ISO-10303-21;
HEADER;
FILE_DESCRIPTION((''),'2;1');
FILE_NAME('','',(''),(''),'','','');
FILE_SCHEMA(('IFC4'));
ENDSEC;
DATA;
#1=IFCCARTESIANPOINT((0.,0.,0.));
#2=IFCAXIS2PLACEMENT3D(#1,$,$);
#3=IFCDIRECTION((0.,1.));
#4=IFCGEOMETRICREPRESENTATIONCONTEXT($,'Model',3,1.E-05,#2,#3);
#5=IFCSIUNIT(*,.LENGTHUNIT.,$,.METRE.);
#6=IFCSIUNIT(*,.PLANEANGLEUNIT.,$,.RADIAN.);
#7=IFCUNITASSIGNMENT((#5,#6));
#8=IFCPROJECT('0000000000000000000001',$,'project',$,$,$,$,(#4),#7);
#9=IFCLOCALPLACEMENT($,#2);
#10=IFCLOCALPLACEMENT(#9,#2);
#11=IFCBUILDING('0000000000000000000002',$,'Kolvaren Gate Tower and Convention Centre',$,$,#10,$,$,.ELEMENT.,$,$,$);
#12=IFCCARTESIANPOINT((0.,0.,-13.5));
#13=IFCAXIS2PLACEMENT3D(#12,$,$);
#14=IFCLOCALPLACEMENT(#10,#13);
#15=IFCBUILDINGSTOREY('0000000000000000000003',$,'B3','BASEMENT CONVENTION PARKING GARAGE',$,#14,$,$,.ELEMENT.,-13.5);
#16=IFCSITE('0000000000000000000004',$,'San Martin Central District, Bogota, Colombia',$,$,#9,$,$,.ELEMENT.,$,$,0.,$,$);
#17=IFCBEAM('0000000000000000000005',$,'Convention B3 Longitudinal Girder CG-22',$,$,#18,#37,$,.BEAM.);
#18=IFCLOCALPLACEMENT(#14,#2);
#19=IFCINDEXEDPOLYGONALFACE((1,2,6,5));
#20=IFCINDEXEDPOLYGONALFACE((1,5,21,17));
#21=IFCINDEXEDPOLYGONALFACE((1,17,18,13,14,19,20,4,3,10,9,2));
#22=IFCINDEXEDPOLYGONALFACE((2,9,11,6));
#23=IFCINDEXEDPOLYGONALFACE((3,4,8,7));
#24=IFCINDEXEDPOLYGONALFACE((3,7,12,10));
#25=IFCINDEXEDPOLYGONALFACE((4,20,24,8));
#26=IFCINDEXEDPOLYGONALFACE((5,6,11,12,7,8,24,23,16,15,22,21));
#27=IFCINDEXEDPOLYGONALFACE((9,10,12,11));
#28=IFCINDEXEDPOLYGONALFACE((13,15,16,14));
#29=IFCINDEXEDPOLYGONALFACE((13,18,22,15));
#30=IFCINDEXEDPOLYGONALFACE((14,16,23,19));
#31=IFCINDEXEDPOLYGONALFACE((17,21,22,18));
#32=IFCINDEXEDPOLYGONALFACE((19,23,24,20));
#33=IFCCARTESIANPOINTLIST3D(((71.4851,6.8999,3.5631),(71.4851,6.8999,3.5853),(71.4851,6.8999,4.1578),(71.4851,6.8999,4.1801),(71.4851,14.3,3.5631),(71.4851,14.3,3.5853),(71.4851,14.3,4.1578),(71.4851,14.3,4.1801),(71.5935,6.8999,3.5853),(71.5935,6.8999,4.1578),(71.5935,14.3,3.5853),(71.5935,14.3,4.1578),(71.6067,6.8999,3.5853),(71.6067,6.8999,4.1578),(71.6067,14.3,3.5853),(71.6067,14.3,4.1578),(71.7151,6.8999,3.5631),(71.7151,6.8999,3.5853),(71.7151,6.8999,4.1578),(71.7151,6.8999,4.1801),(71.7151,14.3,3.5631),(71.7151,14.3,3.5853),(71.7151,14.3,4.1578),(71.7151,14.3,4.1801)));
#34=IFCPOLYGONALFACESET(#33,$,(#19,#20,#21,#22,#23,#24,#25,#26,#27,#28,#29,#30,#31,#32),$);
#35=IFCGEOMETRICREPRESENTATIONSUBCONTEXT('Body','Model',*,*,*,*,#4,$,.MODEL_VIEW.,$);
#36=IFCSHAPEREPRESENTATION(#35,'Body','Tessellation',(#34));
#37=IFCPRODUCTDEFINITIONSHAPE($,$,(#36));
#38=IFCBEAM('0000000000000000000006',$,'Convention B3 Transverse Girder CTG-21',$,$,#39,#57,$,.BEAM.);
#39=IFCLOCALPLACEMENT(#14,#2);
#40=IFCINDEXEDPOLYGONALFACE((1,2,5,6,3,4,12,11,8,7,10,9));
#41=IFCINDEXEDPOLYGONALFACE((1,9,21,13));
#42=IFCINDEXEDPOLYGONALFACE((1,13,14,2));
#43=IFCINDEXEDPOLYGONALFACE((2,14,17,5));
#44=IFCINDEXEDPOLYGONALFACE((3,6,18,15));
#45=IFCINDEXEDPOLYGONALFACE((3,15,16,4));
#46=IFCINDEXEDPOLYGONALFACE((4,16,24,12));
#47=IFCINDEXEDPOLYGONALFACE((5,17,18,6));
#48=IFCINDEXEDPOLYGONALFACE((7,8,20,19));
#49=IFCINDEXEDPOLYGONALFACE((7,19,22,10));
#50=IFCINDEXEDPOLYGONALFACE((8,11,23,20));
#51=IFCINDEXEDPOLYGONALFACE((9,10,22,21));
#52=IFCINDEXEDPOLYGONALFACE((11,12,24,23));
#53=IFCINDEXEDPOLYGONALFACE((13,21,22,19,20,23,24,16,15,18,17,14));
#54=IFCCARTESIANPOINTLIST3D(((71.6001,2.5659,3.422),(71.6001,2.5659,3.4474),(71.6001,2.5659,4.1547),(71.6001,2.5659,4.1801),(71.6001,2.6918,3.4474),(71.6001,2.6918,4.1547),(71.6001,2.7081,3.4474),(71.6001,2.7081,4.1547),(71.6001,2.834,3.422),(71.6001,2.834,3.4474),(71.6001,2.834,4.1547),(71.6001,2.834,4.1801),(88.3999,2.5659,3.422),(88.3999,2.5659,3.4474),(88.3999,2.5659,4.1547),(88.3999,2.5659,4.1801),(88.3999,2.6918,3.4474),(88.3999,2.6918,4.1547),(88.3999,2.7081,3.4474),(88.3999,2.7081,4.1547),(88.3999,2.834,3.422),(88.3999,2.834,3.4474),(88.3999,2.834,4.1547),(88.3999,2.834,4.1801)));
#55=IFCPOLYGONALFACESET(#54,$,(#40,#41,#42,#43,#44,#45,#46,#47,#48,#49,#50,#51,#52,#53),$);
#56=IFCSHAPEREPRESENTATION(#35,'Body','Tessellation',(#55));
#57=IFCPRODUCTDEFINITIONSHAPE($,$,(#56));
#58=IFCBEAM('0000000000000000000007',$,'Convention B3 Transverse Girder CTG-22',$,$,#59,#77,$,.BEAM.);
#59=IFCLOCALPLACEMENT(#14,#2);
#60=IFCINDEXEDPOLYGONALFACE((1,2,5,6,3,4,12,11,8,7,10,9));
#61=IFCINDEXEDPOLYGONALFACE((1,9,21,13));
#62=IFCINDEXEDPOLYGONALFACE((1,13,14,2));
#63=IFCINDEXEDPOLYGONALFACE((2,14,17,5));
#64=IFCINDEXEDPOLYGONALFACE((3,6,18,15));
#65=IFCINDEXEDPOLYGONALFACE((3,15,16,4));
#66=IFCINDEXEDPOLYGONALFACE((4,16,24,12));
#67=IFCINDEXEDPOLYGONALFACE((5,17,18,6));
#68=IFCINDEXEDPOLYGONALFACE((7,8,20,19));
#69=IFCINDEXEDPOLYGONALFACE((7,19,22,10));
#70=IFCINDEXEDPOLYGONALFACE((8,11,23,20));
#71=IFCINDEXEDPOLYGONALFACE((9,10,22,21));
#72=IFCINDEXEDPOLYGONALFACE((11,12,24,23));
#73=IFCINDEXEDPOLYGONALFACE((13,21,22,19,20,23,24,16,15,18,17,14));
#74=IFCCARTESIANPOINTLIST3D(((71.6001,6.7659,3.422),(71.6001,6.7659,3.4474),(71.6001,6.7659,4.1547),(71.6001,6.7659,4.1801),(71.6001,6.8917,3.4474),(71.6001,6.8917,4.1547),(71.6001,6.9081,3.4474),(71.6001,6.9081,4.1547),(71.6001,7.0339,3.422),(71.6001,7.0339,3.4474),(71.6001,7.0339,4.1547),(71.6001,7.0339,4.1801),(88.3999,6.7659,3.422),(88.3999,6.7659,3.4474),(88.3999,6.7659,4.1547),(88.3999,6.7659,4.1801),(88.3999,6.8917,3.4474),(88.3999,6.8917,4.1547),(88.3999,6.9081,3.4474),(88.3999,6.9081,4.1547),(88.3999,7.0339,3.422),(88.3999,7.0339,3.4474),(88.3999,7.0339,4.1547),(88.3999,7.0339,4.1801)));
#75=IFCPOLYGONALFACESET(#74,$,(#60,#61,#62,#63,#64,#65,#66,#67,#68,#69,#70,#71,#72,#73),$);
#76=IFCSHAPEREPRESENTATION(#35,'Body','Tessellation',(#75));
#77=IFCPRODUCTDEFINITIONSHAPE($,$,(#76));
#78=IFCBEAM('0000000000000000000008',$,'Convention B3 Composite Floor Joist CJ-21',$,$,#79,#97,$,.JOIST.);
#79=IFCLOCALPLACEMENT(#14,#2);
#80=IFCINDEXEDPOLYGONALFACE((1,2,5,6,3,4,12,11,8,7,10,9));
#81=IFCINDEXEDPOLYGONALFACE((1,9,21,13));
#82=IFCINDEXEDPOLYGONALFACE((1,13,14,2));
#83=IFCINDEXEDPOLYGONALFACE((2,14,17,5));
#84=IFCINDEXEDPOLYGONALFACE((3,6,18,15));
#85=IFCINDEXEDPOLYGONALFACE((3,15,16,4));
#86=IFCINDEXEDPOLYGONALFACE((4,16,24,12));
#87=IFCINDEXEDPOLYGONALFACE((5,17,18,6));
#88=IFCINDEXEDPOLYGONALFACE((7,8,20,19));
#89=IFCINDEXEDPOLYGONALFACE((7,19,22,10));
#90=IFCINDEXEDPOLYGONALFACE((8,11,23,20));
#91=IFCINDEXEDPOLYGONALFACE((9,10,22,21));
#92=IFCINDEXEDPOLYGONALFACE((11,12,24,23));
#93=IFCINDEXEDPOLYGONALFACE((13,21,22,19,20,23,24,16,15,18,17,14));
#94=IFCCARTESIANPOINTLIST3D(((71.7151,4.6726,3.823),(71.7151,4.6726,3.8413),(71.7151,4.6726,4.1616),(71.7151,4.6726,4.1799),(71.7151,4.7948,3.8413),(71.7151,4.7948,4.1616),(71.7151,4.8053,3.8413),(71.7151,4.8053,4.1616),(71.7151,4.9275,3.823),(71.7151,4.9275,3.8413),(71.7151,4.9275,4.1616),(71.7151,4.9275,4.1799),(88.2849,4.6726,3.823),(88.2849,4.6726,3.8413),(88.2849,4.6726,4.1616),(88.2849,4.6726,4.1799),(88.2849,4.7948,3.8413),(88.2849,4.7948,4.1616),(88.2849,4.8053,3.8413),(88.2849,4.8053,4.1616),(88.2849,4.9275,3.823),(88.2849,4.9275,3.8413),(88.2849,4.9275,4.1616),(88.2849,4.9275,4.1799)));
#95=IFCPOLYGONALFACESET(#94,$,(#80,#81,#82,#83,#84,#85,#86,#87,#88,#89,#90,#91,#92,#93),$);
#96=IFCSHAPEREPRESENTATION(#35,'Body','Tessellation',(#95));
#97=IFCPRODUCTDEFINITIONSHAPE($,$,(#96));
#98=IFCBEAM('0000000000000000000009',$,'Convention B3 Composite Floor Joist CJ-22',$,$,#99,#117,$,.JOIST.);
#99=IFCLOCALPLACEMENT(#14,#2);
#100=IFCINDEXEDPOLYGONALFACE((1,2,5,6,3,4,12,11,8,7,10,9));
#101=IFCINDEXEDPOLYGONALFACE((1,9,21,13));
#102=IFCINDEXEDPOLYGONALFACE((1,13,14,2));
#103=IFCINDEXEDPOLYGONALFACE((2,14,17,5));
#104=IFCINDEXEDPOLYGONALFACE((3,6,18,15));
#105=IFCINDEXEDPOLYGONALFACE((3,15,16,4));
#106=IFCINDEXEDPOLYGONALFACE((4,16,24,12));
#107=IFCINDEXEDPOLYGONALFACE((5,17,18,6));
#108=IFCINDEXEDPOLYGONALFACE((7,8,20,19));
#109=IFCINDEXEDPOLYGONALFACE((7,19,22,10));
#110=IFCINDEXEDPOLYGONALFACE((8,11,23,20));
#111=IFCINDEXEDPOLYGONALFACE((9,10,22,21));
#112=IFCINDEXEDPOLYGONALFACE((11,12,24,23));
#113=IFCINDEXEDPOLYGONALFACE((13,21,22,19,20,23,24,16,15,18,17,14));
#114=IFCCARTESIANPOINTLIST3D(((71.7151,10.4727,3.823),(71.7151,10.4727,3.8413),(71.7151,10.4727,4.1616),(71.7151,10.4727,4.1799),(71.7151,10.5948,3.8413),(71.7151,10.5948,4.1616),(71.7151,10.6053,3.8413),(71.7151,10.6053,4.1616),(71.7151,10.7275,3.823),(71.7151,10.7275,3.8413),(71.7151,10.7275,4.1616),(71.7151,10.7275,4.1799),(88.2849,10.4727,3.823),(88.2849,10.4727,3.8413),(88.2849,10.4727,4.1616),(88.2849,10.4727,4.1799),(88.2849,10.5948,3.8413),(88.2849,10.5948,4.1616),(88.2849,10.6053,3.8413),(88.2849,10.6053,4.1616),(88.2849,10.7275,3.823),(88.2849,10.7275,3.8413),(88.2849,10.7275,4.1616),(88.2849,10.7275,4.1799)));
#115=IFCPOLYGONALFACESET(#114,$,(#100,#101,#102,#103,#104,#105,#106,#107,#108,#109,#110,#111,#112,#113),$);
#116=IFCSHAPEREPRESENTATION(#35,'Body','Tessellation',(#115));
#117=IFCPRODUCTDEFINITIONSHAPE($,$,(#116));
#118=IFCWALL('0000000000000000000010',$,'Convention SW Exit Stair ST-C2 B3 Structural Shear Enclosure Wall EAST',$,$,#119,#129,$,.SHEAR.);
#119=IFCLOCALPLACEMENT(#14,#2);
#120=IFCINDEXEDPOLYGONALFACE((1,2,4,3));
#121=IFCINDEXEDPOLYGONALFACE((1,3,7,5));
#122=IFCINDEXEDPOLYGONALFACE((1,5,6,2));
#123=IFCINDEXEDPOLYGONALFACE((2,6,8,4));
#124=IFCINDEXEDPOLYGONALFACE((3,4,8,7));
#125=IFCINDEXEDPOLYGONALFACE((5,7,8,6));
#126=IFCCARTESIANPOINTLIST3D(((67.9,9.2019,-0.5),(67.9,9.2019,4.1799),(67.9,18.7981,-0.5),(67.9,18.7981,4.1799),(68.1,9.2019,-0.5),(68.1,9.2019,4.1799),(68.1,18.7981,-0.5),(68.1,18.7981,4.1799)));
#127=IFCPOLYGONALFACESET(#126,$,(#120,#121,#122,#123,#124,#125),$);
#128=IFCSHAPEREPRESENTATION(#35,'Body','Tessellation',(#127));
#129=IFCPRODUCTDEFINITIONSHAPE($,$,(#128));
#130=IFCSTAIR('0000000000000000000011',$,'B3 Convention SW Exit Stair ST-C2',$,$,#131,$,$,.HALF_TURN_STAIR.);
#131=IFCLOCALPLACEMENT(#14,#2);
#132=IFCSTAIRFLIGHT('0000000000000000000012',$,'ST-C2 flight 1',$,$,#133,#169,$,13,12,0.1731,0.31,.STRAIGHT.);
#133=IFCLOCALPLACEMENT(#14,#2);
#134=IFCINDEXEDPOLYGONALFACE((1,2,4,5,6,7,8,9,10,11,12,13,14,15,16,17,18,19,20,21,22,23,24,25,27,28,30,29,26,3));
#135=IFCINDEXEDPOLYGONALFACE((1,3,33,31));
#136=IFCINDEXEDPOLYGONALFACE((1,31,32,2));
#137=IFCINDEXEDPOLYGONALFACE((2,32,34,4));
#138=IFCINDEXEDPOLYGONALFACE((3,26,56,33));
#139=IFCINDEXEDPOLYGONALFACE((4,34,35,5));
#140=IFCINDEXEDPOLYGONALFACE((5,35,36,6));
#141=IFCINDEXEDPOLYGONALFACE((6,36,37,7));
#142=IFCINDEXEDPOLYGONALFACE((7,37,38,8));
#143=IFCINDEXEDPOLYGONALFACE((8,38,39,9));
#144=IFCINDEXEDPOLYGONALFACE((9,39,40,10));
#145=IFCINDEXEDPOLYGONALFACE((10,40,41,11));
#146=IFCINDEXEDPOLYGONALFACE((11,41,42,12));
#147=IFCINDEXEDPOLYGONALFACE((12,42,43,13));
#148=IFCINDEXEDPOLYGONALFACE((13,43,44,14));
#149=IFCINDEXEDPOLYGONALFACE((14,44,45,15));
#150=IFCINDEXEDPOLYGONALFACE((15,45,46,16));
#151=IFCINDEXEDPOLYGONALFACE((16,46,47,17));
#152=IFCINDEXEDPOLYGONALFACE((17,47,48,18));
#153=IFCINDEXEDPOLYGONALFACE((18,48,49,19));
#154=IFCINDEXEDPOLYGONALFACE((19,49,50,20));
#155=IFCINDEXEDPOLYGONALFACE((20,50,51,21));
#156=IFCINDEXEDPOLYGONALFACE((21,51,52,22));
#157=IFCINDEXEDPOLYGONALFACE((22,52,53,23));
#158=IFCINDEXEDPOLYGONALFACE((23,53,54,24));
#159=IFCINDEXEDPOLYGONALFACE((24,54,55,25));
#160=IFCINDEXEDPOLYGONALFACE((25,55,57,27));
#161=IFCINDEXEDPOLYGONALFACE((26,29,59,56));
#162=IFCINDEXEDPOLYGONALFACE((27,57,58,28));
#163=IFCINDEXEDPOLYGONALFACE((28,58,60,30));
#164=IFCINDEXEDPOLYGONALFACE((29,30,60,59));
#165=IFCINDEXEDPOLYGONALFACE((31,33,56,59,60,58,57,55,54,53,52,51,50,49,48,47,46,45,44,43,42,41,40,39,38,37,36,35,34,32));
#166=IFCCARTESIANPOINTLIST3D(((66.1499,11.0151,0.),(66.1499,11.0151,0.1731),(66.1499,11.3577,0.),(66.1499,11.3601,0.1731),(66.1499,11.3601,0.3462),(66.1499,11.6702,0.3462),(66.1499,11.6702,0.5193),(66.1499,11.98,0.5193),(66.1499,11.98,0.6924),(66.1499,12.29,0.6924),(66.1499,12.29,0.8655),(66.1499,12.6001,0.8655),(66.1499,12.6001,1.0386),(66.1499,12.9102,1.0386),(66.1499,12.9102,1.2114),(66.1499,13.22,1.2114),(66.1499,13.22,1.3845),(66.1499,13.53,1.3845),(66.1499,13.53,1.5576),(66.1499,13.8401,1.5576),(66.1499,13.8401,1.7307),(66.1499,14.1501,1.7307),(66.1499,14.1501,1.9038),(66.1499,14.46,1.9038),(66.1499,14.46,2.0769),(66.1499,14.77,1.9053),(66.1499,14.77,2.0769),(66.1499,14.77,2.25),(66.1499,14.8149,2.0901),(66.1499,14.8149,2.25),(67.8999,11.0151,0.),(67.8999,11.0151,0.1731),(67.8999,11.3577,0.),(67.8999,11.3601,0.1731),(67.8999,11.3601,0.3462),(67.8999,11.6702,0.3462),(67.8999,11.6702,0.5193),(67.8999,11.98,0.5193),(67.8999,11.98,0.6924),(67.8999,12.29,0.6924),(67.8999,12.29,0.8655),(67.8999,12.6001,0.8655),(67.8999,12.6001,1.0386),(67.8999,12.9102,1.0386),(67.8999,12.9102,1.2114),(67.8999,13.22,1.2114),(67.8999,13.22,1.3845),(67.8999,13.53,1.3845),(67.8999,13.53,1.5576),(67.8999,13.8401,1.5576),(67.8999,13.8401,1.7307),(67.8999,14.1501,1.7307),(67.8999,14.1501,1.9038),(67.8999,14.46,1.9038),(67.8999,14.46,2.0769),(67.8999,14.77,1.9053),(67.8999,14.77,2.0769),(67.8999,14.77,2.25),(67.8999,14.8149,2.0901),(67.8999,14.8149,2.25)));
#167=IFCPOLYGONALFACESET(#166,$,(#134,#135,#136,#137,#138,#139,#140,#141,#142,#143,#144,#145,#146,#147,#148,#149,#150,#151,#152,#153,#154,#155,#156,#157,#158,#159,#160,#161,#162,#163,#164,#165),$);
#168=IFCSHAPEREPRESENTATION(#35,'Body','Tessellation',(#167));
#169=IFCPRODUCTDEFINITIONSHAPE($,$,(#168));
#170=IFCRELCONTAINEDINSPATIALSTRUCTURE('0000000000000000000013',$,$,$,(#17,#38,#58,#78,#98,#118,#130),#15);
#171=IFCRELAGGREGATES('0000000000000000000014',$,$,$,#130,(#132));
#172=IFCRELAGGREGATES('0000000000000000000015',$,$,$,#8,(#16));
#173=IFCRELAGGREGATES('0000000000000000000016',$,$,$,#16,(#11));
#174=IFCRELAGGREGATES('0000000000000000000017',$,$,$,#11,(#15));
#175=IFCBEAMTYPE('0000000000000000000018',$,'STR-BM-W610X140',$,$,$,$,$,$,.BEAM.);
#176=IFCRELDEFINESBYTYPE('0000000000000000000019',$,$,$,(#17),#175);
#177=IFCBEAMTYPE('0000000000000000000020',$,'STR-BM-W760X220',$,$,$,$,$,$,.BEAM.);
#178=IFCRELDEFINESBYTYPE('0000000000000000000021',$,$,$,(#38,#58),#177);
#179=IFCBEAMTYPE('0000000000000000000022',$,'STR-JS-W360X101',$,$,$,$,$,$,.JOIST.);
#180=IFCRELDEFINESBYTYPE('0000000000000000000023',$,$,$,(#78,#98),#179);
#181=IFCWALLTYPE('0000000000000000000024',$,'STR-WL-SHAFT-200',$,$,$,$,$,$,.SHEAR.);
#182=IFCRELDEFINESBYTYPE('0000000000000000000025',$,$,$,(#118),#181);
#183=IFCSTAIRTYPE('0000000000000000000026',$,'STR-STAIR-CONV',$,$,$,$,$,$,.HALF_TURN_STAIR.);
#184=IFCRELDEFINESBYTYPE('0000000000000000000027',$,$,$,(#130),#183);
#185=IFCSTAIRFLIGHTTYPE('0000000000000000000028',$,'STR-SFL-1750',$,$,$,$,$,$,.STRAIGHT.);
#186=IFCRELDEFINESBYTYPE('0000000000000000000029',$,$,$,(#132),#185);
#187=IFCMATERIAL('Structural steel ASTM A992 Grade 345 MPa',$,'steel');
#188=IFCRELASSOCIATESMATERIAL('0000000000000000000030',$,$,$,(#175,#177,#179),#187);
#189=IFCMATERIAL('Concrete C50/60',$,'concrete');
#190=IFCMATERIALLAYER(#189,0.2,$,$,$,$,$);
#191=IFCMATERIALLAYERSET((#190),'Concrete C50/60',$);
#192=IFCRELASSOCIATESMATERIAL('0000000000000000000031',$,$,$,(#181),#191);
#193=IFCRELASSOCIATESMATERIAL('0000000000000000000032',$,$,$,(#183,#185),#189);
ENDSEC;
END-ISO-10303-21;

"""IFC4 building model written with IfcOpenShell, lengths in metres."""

from ifc_helpers import new_model, si_unit, direction, frame, frame_2d, origin, origin_2d, place, context, subcontext, project, spatial, polyline, rectangle, i_section, outline, extrude, material, layer, layer_set, material_profile, profile_set, type_object, element, aggregate, save


model = new_model("IFC4")

# Units and contexts
model_context = context("Model", 3, precision=1e-05, world=origin(), true_north=direction((0.0, 1.0)))
body_context = subcontext(model_context, "Body", "Model", "MODEL_VIEW")
ifc_project = project(units=[si_unit("LENGTHUNIT", "METRE"), si_unit("PLANEANGLEUNIT", "RADIAN")], contexts=[model_context])

# Site, building, storey
site_placement = place(None, origin())
site = spatial("IfcSite", under=ifc_project, at=site_placement, Name="San Martin Central District, Bogota, Colombia", CompositionType="ELEMENT", RefElevation=0.0)
building_placement = place(site_placement, origin())
building = spatial("IfcBuilding", under=site, at=building_placement, Name="Kolvaren Gate Tower and Convention Centre", CompositionType="ELEMENT")
storey_placement = place(building_placement, frame((0.0, 0.0, -13.5)))
storey = spatial("IfcBuildingStorey", under=building, at=storey_placement, Name="B3", Description="BASEMENT CONVENTION PARKING GARAGE", CompositionType="ELEMENT", Elevation=-13.5)

# Shared definitions
ifc_material_1 = material(Name="Concrete C50/60", Category="concrete")

# Beams
ifc_material_2 = material(Name="Structural steel ASTM A992 Grade 345 MPa", Category="steel")
ifc_material_profile_1 = material_profile(ifc_material_2, i_section(OverallWidth=0.23, OverallDepth=0.6169, WebThickness=0.0132, FlangeThickness=0.0222, at=origin_2d()), Name="W610X140")
ifc_profile_set_1 = profile_set([ifc_material_profile_1], Name="Structural steel ASTM A992 Grade 345 MPa")
beam_type_1 = type_object("IfcBeamType", Name="STR-BM-W610X140", PredefinedType="BEAM", material=ifc_profile_set_1)
beam_1_placement = place(storey_placement, frame((71.6001, 6.8999, 3.8716), z_axis=(0.0, 1.0, 0.0), x_axis=(-1.0, 0.0, 0.0)))
element("IfcBeam", 1, at=beam_1_placement, inside=storey, type_object=beam_type_1, Name="Convention B3 Longitudinal Girder CG-22", PredefinedType="BEAM", context=body_context, shape_type="SweptSolid", body=[
    extrude(i_section(OverallWidth=0.23, OverallDepth=0.6169, WebThickness=0.0132, FlangeThickness=0.0222, at=origin_2d()), origin(), (0.0, 0.0, 1.0), 7.4001),
])
ifc_material_profile_2 = material_profile(ifc_material_2, i_section(OverallWidth=0.2681, OverallDepth=0.7581, WebThickness=0.0164, FlangeThickness=0.0254, at=origin_2d()), Name="W760X220")
ifc_profile_set_2 = profile_set([ifc_material_profile_2], Name="Structural steel ASTM A992 Grade 345 MPa")
beam_type_2 = type_object("IfcBeamType", Name="STR-BM-W760X220", PredefinedType="BEAM", material=ifc_profile_set_2)
for number, where, z_axis, x_axis, name in (
    (2, (71.6001, 2.7, 3.801), (1.0, 0.0, 0.0), (0.0, 1.0, 0.0), "Convention B3 Transverse Girder CTG-21"),
    (3, (71.6001, 6.8999, 3.801), (1.0, 0.0, 0.0), (0.0, 1.0, 0.0), "Convention B3 Transverse Girder CTG-22"),
):
    element("IfcBeam", number, at=place(storey_placement, frame(where, z_axis=z_axis, x_axis=x_axis)), inside=storey, type_object=beam_type_2, Name=name, PredefinedType="BEAM", context=body_context, shape_type="SweptSolid", body=[
        extrude(i_section(OverallWidth=0.2681, OverallDepth=0.7581, WebThickness=0.0164, FlangeThickness=0.0254, at=origin_2d()), origin(), (0.0, 0.0, 1.0), 16.7998),
    ])
ifc_material_profile_3 = material_profile(ifc_material_2, i_section(OverallWidth=0.2549, OverallDepth=0.3569, WebThickness=0.0105, FlangeThickness=0.0183, at=origin_2d()), Name="W360X101")
ifc_profile_set_3 = profile_set([ifc_material_profile_3], Name="Structural steel ASTM A992 Grade 345 MPa")
beam_type_3 = type_object("IfcBeamType", Name="STR-JS-W360X101", PredefinedType="JOIST", material=ifc_profile_set_3)
for number, where, z_axis, x_axis, name in (
    (4, (71.7151, 4.8, 4.0015), (1.0, 0.0, 0.0), (0.0, 1.0, 0.0), "Convention B3 Composite Floor Joist CJ-21"),
    (5, (71.7151, 10.6001, 4.0015), (1.0, 0.0, 0.0), (0.0, 1.0, 0.0), "Convention B3 Composite Floor Joist CJ-22"),
):
    element("IfcBeam", number, at=place(storey_placement, frame(where, z_axis=z_axis, x_axis=x_axis)), inside=storey, type_object=beam_type_3, Name=name, PredefinedType="JOIST", context=body_context, shape_type="SweptSolid", body=[
        extrude(i_section(OverallWidth=0.2549, OverallDepth=0.3569, WebThickness=0.0105, FlangeThickness=0.0183, at=origin_2d()), origin(), (0.0, 0.0, 1.0), 16.5698),
    ])

# Wall
ifc_layer = layer(ifc_material_1, 0.2)
ifc_layer_set = layer_set([ifc_layer], Name="Concrete C50/60")
wall_type = type_object("IfcWallType", Name="STR-WL-SHAFT-200", PredefinedType="SHEAR", material=ifc_layer_set)
wall_placement = place(storey_placement, frame((68.0, 9.2019, -0.5), z_axis=(0.0, 0.0, 1.0), x_axis=(0.0, 1.0, 0.0)))
element("IfcWall", 6, at=wall_placement, inside=storey, type_object=wall_type, Name="Convention SW Exit Stair ST-C2 B3 Structural Shear Enclosure Wall EAST", PredefinedType="SHEAR", context=body_context, shape_type="SweptSolid", body=[
    extrude(rectangle(XDim=9.5962, YDim=0.2, at=frame_2d((4.7981, 0.0))), origin(), (0.0, 0.0, 1.0), 4.6799),
])

# Stair, stair flight
stair_type = type_object("IfcStairType", Name="STR-STAIR-CONV", PredefinedType="HALF_TURN_STAIR", material=ifc_material_1)
stair_placement = place(storey_placement, origin())
stair = element("IfcStair", 7, at=stair_placement, inside=storey, type_object=stair_type, Name="B3 Convention SW Exit Stair ST-C2", PredefinedType="HALF_TURN_STAIR")
stair_flight_type = type_object("IfcStairFlightType", Name="STR-SFL-1750", PredefinedType="STRAIGHT", material=ifc_material_1)
stair_flight_placement = place(storey_placement, frame((67.0249, 11.05, 0.0), z_axis=(0.0, 0.0, 1.0), x_axis=(0.0, 1.0, 0.0)))
stair_flight = element("IfcStairFlight", 8, at=stair_flight_placement, type_object=stair_flight_type, Name="ST-C2 flight 1", NumberOfRisers=13, NumberOfTreads=12, PredefinedType="STRAIGHT", RiserHeight=0.1731, TreadLength=0.31, context=body_context, shape_type="SweptSolid", body=[
    extrude(outline(polyline([(-0.0349, 0.0), (-0.0349, 0.1731), (0.3101, 0.1731), (0.3101, 0.3462), (0.6201, 0.3462), (0.6201, 0.5193), (0.9299, 0.5193), (0.9299, 0.6924), (1.24, 0.6924), (1.24, 0.8655), (1.55, 0.8655), (1.55, 1.0386), (1.8601, 1.0386), (1.8601, 1.2114), (2.1699, 1.2114), (2.1699, 1.3845), (2.48, 1.3845), (2.48, 1.5576), (2.79, 1.5576), (2.79, 1.7307), (3.1001, 1.7307), (3.1001, 1.9038), (3.4099, 1.9038), (3.4099, 2.0769), (3.72, 2.0769), (3.72, 2.25), (3.7649, 2.25), (3.7649, 2.0901), (3.72, 1.9053), (0.3076, 0.0), (-0.0349, 0.0)])), frame((0.0, 0.875, 0.0), z_axis=(0.0, -1.0, 0.0), x_axis=(1.0, 0.0, 0.0)), (0.0, 0.0, 1.0), 1.75),
])
aggregate(stair, [stair_flight])

save(model, "model.ifc")
